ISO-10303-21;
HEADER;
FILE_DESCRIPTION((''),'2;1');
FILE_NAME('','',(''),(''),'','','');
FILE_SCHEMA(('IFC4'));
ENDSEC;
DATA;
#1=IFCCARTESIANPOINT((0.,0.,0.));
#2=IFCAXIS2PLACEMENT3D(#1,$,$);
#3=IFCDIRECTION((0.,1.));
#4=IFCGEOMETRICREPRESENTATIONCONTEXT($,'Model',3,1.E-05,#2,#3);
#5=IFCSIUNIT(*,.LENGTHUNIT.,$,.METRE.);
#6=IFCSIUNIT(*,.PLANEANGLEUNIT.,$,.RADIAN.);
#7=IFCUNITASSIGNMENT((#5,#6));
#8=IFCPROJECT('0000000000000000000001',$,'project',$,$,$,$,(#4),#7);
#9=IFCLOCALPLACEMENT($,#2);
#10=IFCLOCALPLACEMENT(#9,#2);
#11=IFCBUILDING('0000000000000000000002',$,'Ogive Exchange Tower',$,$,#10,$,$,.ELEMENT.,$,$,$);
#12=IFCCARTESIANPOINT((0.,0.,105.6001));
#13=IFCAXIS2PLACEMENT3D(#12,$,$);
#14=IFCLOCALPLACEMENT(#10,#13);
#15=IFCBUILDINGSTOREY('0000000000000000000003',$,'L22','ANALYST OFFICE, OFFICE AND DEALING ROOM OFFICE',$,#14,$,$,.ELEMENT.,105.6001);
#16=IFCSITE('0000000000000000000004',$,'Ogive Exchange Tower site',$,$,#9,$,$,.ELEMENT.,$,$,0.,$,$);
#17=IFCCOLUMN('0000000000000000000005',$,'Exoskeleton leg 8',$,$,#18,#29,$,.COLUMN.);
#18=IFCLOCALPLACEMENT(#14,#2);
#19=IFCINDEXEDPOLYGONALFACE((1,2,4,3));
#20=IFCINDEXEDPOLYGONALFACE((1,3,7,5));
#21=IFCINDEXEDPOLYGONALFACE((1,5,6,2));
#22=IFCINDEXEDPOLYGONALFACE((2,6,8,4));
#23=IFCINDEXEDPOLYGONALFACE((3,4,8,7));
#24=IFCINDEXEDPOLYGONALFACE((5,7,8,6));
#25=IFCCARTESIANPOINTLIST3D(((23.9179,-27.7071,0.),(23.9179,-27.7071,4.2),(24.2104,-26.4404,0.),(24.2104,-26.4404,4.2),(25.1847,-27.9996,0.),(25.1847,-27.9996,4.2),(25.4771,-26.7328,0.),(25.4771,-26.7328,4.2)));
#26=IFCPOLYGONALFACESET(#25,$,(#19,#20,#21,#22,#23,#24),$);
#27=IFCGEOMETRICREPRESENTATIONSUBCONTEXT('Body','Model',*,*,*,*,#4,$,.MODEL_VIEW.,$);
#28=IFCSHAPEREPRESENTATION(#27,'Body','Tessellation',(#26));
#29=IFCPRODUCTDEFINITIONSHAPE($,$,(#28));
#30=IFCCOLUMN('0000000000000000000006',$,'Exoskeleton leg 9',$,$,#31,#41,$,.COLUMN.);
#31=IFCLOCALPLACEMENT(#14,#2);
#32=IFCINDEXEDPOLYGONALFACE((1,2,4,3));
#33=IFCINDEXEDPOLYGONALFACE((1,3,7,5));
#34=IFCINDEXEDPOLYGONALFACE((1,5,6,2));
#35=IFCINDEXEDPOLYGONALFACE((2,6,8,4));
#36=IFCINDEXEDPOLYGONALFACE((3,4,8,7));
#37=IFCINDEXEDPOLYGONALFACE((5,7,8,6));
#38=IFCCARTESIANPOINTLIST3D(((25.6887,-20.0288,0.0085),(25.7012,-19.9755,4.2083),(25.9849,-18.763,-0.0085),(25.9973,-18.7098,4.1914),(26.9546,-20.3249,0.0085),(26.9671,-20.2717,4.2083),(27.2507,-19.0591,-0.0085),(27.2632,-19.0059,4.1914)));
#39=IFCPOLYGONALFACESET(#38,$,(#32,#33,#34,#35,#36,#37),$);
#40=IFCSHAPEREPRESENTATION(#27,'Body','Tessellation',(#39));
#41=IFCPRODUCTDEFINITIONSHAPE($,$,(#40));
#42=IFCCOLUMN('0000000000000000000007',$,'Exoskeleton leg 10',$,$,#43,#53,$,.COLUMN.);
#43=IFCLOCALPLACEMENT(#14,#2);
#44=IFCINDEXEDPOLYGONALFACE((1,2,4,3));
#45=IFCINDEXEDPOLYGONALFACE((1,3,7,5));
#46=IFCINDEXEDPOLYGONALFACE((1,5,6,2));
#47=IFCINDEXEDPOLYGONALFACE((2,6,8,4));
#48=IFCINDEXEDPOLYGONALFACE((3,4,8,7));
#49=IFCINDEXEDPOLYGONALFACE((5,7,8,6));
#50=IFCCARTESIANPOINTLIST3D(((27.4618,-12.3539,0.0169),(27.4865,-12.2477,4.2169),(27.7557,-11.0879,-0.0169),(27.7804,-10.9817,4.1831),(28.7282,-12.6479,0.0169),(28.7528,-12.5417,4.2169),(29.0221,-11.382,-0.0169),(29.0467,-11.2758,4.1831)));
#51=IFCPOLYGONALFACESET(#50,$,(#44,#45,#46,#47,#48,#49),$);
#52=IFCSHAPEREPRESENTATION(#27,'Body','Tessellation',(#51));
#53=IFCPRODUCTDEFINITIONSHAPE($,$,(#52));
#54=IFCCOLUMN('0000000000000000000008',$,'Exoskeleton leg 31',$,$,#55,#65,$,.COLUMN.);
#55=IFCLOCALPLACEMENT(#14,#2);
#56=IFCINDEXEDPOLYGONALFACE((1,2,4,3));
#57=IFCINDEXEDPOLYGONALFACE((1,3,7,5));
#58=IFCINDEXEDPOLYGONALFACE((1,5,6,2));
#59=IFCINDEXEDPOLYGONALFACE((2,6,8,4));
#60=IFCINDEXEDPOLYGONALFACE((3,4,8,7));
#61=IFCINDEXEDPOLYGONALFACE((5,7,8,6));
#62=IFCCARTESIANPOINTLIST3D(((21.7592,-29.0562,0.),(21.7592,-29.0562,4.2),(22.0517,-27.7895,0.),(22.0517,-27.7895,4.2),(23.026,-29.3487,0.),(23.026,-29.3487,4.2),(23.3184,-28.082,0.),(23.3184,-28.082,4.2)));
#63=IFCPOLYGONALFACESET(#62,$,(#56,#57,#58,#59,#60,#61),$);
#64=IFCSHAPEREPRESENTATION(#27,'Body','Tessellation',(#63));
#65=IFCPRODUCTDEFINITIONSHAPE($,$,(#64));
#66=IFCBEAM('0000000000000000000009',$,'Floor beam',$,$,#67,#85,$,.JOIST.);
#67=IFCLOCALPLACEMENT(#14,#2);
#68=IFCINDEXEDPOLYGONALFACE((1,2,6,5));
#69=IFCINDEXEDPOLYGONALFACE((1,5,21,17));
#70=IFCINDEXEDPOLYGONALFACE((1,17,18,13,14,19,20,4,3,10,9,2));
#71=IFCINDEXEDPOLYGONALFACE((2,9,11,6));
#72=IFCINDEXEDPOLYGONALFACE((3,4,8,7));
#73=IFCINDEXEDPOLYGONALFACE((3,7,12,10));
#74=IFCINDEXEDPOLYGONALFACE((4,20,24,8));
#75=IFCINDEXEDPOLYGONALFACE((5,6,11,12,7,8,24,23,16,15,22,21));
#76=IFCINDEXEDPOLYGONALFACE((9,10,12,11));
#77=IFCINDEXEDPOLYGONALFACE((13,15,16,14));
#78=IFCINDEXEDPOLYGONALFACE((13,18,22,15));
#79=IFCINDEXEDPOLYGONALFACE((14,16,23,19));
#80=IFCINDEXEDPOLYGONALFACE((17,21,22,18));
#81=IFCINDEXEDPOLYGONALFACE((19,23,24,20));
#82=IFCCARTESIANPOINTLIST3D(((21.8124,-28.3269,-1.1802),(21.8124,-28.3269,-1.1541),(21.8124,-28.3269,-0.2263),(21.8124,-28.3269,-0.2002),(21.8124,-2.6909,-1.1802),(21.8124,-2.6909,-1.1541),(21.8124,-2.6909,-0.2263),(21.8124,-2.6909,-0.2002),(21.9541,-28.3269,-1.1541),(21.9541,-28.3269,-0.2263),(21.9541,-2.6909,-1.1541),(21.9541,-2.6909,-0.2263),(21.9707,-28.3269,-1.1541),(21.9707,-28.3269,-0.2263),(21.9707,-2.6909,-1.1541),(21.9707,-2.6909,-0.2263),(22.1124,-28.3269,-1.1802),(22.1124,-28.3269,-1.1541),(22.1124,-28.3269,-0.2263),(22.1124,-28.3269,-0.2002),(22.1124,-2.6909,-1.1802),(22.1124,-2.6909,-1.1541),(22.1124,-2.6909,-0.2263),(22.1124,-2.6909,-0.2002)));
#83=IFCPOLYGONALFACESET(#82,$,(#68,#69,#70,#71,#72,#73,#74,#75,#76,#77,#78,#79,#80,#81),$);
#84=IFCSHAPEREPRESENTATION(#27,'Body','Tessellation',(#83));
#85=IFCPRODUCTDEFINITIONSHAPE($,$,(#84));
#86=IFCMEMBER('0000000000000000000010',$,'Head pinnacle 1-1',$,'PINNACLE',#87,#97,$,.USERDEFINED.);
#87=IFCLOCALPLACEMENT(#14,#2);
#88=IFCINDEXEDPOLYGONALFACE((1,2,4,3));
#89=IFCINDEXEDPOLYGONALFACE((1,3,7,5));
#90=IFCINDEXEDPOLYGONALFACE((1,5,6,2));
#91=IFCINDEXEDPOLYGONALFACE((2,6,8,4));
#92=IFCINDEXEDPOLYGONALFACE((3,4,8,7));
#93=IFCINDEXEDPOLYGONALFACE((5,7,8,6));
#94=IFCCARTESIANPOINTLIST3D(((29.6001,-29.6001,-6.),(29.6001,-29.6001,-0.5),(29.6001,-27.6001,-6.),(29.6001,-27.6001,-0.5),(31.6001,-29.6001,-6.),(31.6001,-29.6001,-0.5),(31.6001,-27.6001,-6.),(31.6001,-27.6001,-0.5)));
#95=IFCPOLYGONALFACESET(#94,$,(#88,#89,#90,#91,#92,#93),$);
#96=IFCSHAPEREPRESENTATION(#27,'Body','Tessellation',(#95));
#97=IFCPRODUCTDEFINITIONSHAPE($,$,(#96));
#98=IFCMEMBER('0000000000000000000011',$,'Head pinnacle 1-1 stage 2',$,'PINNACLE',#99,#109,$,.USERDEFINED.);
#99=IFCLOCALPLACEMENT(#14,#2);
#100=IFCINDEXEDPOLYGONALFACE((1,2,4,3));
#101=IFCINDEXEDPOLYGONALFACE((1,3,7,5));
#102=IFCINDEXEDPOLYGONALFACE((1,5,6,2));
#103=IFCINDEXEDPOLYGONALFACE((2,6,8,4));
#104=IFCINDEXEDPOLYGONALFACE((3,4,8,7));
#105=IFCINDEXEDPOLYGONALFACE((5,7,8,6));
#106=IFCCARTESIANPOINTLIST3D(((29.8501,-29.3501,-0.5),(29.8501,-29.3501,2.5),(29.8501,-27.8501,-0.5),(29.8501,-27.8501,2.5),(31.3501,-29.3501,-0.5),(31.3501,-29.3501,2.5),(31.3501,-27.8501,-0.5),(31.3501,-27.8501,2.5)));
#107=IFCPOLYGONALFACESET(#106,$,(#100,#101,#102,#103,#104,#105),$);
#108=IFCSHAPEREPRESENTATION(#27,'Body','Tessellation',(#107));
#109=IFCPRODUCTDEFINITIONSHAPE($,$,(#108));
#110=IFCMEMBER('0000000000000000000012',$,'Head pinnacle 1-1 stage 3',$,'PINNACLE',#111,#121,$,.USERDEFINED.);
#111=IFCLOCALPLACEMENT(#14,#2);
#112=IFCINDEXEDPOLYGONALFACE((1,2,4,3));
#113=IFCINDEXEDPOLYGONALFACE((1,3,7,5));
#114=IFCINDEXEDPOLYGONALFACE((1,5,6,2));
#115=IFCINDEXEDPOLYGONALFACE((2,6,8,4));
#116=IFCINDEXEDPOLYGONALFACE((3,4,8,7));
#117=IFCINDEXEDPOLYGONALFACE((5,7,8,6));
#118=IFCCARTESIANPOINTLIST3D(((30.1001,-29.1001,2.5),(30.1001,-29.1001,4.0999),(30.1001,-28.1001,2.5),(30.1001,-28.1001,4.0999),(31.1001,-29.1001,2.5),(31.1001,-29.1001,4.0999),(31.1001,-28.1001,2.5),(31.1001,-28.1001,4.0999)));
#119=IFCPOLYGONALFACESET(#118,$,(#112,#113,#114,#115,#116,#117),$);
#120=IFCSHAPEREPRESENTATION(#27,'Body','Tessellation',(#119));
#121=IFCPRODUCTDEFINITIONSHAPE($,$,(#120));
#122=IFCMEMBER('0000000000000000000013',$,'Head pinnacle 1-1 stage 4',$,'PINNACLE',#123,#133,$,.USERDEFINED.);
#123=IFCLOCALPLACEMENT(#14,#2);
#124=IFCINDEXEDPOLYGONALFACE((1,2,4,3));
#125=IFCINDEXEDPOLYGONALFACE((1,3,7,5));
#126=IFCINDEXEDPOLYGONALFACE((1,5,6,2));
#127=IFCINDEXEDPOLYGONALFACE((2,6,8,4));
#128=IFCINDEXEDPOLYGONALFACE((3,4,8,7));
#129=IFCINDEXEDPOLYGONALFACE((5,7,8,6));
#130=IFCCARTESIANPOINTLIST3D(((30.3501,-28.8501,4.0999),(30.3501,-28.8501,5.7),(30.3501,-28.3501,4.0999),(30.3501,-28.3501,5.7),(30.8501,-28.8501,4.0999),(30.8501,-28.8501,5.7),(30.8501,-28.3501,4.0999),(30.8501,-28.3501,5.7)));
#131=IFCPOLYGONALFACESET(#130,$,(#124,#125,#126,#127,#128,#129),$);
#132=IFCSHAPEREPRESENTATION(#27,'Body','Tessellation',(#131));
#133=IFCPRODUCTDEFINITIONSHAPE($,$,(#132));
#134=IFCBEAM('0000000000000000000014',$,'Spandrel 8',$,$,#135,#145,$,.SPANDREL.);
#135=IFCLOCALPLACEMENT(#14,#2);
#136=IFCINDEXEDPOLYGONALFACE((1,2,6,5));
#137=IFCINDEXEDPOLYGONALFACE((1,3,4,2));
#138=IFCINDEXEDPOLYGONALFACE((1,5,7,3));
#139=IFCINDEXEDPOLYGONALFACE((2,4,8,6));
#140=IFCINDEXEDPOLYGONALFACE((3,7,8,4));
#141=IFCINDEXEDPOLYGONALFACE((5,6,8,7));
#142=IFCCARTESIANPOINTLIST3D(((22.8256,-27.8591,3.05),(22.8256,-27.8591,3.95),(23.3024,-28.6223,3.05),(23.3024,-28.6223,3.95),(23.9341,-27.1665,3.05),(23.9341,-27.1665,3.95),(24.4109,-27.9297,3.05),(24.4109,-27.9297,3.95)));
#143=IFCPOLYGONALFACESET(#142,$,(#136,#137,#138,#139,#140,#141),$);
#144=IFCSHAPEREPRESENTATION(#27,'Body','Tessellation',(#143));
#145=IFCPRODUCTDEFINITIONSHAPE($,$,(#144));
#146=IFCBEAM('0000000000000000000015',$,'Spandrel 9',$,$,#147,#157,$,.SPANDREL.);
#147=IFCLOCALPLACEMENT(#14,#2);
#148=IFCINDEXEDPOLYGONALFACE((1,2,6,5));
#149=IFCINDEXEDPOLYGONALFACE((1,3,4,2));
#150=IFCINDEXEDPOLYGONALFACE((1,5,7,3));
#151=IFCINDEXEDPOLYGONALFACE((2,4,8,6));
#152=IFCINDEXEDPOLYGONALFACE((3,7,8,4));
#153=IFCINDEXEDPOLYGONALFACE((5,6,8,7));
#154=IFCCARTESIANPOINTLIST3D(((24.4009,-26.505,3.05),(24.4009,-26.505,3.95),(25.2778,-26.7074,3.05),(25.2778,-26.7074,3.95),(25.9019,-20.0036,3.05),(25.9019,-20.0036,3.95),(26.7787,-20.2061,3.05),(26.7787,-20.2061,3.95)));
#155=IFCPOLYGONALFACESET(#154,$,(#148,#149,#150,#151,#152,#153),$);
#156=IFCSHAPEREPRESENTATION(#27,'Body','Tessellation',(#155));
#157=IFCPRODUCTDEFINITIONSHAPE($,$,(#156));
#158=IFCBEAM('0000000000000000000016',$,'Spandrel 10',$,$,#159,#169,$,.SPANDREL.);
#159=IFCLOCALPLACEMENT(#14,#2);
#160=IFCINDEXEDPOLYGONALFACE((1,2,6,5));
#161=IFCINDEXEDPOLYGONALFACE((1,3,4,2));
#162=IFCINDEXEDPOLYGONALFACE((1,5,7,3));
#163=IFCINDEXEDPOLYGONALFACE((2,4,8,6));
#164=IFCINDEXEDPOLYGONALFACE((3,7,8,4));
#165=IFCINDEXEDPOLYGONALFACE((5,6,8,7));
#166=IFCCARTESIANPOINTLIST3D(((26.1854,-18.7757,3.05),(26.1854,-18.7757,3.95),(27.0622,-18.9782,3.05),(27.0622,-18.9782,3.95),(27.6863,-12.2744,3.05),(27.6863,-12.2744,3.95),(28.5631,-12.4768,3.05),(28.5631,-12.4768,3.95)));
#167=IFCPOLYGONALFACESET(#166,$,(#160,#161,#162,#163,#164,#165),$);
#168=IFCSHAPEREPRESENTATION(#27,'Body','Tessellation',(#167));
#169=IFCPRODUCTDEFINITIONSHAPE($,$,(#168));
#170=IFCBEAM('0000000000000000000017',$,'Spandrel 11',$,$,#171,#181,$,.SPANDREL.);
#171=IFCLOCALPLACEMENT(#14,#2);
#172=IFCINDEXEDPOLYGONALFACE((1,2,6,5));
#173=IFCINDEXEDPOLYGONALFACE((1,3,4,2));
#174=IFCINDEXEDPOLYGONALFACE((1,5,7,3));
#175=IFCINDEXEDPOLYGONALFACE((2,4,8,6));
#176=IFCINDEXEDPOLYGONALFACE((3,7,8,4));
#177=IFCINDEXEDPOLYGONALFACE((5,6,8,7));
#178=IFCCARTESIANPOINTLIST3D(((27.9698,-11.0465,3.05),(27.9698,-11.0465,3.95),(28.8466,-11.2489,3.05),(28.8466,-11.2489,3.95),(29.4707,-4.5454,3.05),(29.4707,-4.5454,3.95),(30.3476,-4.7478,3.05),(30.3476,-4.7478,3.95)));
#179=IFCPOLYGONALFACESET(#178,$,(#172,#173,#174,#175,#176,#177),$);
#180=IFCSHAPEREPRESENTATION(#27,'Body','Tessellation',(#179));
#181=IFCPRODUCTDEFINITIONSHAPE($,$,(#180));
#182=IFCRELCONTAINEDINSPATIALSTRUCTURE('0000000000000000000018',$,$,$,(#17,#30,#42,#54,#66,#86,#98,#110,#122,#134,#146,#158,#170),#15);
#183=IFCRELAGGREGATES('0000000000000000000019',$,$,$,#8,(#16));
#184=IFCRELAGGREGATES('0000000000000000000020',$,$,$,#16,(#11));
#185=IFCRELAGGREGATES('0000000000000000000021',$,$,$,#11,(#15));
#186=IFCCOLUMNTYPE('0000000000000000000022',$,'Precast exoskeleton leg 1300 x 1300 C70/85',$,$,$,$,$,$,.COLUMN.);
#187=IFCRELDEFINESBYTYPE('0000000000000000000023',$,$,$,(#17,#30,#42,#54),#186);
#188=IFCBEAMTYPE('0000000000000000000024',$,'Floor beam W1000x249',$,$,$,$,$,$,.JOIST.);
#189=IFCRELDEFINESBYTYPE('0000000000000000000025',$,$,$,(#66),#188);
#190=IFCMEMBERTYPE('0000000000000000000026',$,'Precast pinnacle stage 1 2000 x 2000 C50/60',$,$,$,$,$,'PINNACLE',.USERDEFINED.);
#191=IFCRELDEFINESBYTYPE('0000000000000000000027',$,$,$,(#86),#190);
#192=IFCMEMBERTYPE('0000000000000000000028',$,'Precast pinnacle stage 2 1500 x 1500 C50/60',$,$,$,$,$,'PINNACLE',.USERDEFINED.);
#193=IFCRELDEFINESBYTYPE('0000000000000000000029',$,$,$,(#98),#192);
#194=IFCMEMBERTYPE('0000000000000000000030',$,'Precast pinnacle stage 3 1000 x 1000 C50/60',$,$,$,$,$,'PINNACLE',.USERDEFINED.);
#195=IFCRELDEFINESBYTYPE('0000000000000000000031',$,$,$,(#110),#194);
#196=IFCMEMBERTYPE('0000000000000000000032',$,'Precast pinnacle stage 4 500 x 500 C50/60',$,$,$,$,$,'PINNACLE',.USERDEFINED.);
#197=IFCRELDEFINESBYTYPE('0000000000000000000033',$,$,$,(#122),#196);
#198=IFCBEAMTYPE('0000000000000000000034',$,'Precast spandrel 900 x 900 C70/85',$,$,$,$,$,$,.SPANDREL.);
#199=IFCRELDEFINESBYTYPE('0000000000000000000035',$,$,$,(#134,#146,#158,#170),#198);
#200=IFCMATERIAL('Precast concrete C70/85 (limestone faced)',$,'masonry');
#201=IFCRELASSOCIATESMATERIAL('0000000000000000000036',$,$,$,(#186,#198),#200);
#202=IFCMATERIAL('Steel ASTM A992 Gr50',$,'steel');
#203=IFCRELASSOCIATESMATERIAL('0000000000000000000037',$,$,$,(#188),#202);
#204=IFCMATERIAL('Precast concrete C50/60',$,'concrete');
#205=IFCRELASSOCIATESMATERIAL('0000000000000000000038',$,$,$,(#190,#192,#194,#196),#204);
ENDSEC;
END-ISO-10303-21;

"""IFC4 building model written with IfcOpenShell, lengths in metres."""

from ifc_helpers import new_model, si_unit, direction, frame, origin, origin_2d, place, context, subcontext, project, spatial, rectangle, i_section, extrude, material, material_profile, profile_set, type_object, element, save


model = new_model("IFC4")

# Units and contexts
model_context = context("Model", 3, precision=1e-05, world=origin(), true_north=direction((0.0, 1.0)))
body_context = subcontext(model_context, "Body", "Model", "MODEL_VIEW")
ifc_project = project(units=[si_unit("LENGTHUNIT", "METRE"), si_unit("PLANEANGLEUNIT", "RADIAN")], contexts=[model_context])

# Site, building, storey
site_placement = place(None, origin())
site = spatial("IfcSite", under=ifc_project, at=site_placement, Name="Ogive Exchange Tower site", CompositionType="ELEMENT", RefElevation=0.0)
building_placement = place(site_placement, origin())
building = spatial("IfcBuilding", under=site, at=building_placement, Name="Ogive Exchange Tower", CompositionType="ELEMENT")
storey_placement = place(building_placement, frame((0.0, 0.0, 105.6001)))
storey = spatial("IfcBuildingStorey", under=building, at=storey_placement, Name="L22", Description="ANALYST OFFICE, OFFICE AND DEALING ROOM OFFICE", CompositionType="ELEMENT", Elevation=105.6001)

# Columns
ifc_material_1 = material(Name="Precast concrete C70/85 (limestone faced)", Category="masonry")
ifc_material_profile_1 = material_profile(ifc_material_1, rectangle(XDim=1.3, YDim=1.3, at=origin_2d()), Name="1300 x 1300")
ifc_profile_set_1 = profile_set([ifc_material_profile_1], Name="Precast concrete C70/85 (limestone faced)")
column_type = type_object("IfcColumnType", Name="Precast exoskeleton leg 1300 x 1300 C70/85", PredefinedType="COLUMN", material=ifc_profile_set_1)
column_1_placement = place(storey_placement, frame((24.6975, -27.22, 0.0), z_axis=(0.0, 0.0, 1.0), x_axis=(0.97437, -0.224951, 0.0)))
element("IfcColumn", 1, at=column_1_placement, inside=storey, type_object=column_type, Name="Exoskeleton leg 8", PredefinedType="COLUMN", context=body_context, shape_type="SweptSolid", body=[
    extrude(rectangle(XDim=1.3, YDim=1.3, at=origin_2d()), origin(), (0.0, 0.0, 1.0), 4.2),
])
column_2_placement = place(storey_placement, frame((26.4697, -19.5439, 0.0), z_axis=(0.002964, 0.012671, 0.999915), x_axis=(-0.973709, 0.227794, 0.0)))
element("IfcColumn", 2, at=column_2_placement, inside=storey, type_object=column_type, Name="Exoskeleton leg 9", PredefinedType="COLUMN", context=body_context, shape_type="SweptSolid", body=[
    extrude(rectangle(XDim=1.3, YDim=1.3, at=origin_2d()), origin(), (0.0, 0.0, 1.0), 4.2002),
])
column_3_placement = place(storey_placement, frame((28.2419, -11.8679, 0.0), z_axis=(0.005869, 0.025278, 0.999663), x_axis=(-0.974088, 0.226168, 0.0)))
element("IfcColumn", 3, at=column_3_placement, inside=storey, type_object=column_type, Name="Exoskeleton leg 10", PredefinedType="COLUMN", context=body_context, shape_type="SweptSolid", body=[
    extrude(rectangle(XDim=1.3, YDim=1.3, at=origin_2d()), origin(), (0.0, 0.0, 1.0), 4.2014),
])
column_4_placement = place(storey_placement, frame((22.5388, -28.5691, 0.0), z_axis=(0.0, 0.0, 1.0), x_axis=(0.97437, -0.224951, 0.0)))
element("IfcColumn", 4, at=column_4_placement, inside=storey, type_object=column_type, Name="Exoskeleton leg 31", PredefinedType="COLUMN", context=body_context, shape_type="SweptSolid", body=[
    extrude(rectangle(XDim=1.3, YDim=1.3, at=origin_2d()), origin(), (0.0, 0.0, 1.0), 4.2),
])

# Beam
ifc_material_2 = material(Name="Steel ASTM A992 Gr50", Category="steel")
ifc_material_profile_2 = material_profile(ifc_material_2, i_section(OverallWidth=0.3, OverallDepth=0.98, WebThickness=0.0166, FlangeThickness=0.0261, at=origin_2d()), Name="W1000x249")
ifc_profile_set_2 = profile_set([ifc_material_profile_2], Name="Steel ASTM A992 Gr50")
beam_type_1 = type_object("IfcBeamType", Name="Floor beam W1000x249", PredefinedType="JOIST", material=ifc_profile_set_2)
beam_1_placement = place(storey_placement, frame((21.9624, -28.3269, -0.6902), z_axis=(0.0, 1.0, 0.0), x_axis=(-1.0, 0.0, 0.0)))
element("IfcBeam", 5, at=beam_1_placement, inside=storey, type_object=beam_type_1, Name="Floor beam", PredefinedType="JOIST", context=body_context, shape_type="SweptSolid", body=[
    extrude(i_section(OverallWidth=0.3, OverallDepth=0.98, WebThickness=0.0166, FlangeThickness=0.0261, at=origin_2d()), origin(), (0.0, 0.0, 1.0), 25.636),
])

# Members
ifc_material_3 = material(Name="Precast concrete C50/60", Category="concrete")
ifc_material_profile_3 = material_profile(ifc_material_3, rectangle(XDim=2.0, YDim=2.0, at=origin_2d()), Name="PINNACLE 1 2000 x 2000")
ifc_profile_set_3 = profile_set([ifc_material_profile_3], Name="Precast concrete C50/60")
member_type_1 = type_object("IfcMemberType", Name="Precast pinnacle stage 1 2000 x 2000 C50/60", ElementType="PINNACLE", PredefinedType="USERDEFINED", material=ifc_profile_set_3)
member_1_placement = place(storey_placement, frame((30.6001, -28.6001, -6.0), z_axis=(0.0, 0.0, 1.0), x_axis=(1.0, 0.0, 0.0)))
element("IfcMember", 6, at=member_1_placement, inside=storey, type_object=member_type_1, Name="Head pinnacle 1-1", ObjectType="PINNACLE", PredefinedType="USERDEFINED", context=body_context, shape_type="SweptSolid", body=[
    extrude(rectangle(XDim=2.0, YDim=2.0, at=origin_2d()), origin(), (0.0, 0.0, 1.0), 5.5),
])
ifc_material_profile_4 = material_profile(ifc_material_3, rectangle(XDim=1.5, YDim=1.5, at=origin_2d()), Name="PINNACLE 2 1500 x 1500")
ifc_profile_set_4 = profile_set([ifc_material_profile_4], Name="Precast concrete C50/60")
member_type_2 = type_object("IfcMemberType", Name="Precast pinnacle stage 2 1500 x 1500 C50/60", ElementType="PINNACLE", PredefinedType="USERDEFINED", material=ifc_profile_set_4)
member_2_placement = place(storey_placement, frame((30.6001, -28.6001, -0.5), z_axis=(0.0, 0.0, 1.0), x_axis=(1.0, 0.0, 0.0)))
element("IfcMember", 7, at=member_2_placement, inside=storey, type_object=member_type_2, Name="Head pinnacle 1-1 stage 2", ObjectType="PINNACLE", PredefinedType="USERDEFINED", context=body_context, shape_type="SweptSolid", body=[
    extrude(rectangle(XDim=1.5, YDim=1.5, at=origin_2d()), origin(), (0.0, 0.0, 1.0), 3.0),
])
ifc_material_profile_5 = material_profile(ifc_material_3, rectangle(XDim=1.0, YDim=1.0, at=origin_2d()), Name="PINNACLE 3 1000 x 1000")
ifc_profile_set_5 = profile_set([ifc_material_profile_5], Name="Precast concrete C50/60")
member_type_3 = type_object("IfcMemberType", Name="Precast pinnacle stage 3 1000 x 1000 C50/60", ElementType="PINNACLE", PredefinedType="USERDEFINED", material=ifc_profile_set_5)
member_3_placement = place(storey_placement, frame((30.6001, -28.6001, 2.5), z_axis=(0.0, 0.0, 1.0), x_axis=(1.0, 0.0, 0.0)))
element("IfcMember", 8, at=member_3_placement, inside=storey, type_object=member_type_3, Name="Head pinnacle 1-1 stage 3", ObjectType="PINNACLE", PredefinedType="USERDEFINED", context=body_context, shape_type="SweptSolid", body=[
    extrude(rectangle(XDim=1.0, YDim=1.0, at=origin_2d()), origin(), (0.0, 0.0, 1.0), 1.5999),
])
ifc_material_profile_6 = material_profile(ifc_material_3, rectangle(XDim=0.5, YDim=0.5, at=origin_2d()), Name="PINNACLE 4 500 x 500")
ifc_profile_set_6 = profile_set([ifc_material_profile_6], Name="Precast concrete C50/60")
member_type_4 = type_object("IfcMemberType", Name="Precast pinnacle stage 4 500 x 500 C50/60", ElementType="PINNACLE", PredefinedType="USERDEFINED", material=ifc_profile_set_6)
member_4_placement = place(storey_placement, frame((30.6001, -28.6001, 4.0999), z_axis=(0.0, 0.0, 1.0), x_axis=(1.0, 0.0, 0.0)))
element("IfcMember", 9, at=member_4_placement, inside=storey, type_object=member_type_4, Name="Head pinnacle 1-1 stage 4", ObjectType="PINNACLE", PredefinedType="USERDEFINED", context=body_context, shape_type="SweptSolid", body=[
    extrude(rectangle(XDim=0.5, YDim=0.5, at=origin_2d()), origin(), (0.0, 0.0, 1.0), 1.6001),
])

# Beams
ifc_material_profile_7 = material_profile(ifc_material_1, rectangle(XDim=0.8999, YDim=0.8999, at=origin_2d()), Name="900 x 900")
ifc_profile_set_7 = profile_set([ifc_material_profile_7], Name="Precast concrete C70/85 (limestone faced)")
beam_type_2 = type_object("IfcBeamType", Name="Precast spandrel 900 x 900 C70/85", PredefinedType="SPANDREL", material=ifc_profile_set_7)
beam_2_placement = place(storey_placement, frame((23.064, -28.2407, 3.5), z_axis=(0.848093, 0.529848, 0.0), x_axis=(-0.529848, 0.848093, 0.0)))
element("IfcBeam", 10, at=beam_2_placement, inside=storey, type_object=beam_type_2, Name="Spandrel 8", PredefinedType="SPANDREL", context=body_context, shape_type="SweptSolid", body=[
    extrude(rectangle(XDim=0.8999, YDim=0.8999, at=origin_2d()), origin(), (0.0, 0.0, 1.0), 1.3071),
])
for number, where, z_axis, x_axis, name in (
    (11, (24.8394, -26.6062, 3.5), (0.22495, 0.97437, 0.0), (-0.97437, 0.22495, 0.0), "Spandrel 9"),
    (12, (26.6238, -18.877, 3.5), (0.22495, 0.97437, 0.0), (-0.97437, 0.22495, 0.0), "Spandrel 10"),
):
    element("IfcBeam", number, at=place(storey_placement, frame(where, z_axis=z_axis, x_axis=x_axis)), inside=storey, type_object=beam_type_2, Name=name, PredefinedType="SPANDREL", context=body_context, shape_type="SweptSolid", body=[
        extrude(rectangle(XDim=0.8999, YDim=0.8999, at=origin_2d()), origin(), (0.0, 0.0, 1.0), 6.6724),
    ])
beam_3_placement = place(storey_placement, frame((28.4082, -11.1477, 3.5), z_axis=(0.224958, 0.974368, 0.0), x_axis=(-0.974368, 0.224958, 0.0)))
element("IfcBeam", 13, at=beam_3_placement, inside=storey, type_object=beam_type_2, Name="Spandrel 11", PredefinedType="SPANDREL", context=body_context, shape_type="SweptSolid", body=[
    extrude(rectangle(XDim=0.8999, YDim=0.8999, at=origin_2d()), origin(), (0.0, 0.0, 1.0), 6.6721),
])

save(model, "model.ifc")
